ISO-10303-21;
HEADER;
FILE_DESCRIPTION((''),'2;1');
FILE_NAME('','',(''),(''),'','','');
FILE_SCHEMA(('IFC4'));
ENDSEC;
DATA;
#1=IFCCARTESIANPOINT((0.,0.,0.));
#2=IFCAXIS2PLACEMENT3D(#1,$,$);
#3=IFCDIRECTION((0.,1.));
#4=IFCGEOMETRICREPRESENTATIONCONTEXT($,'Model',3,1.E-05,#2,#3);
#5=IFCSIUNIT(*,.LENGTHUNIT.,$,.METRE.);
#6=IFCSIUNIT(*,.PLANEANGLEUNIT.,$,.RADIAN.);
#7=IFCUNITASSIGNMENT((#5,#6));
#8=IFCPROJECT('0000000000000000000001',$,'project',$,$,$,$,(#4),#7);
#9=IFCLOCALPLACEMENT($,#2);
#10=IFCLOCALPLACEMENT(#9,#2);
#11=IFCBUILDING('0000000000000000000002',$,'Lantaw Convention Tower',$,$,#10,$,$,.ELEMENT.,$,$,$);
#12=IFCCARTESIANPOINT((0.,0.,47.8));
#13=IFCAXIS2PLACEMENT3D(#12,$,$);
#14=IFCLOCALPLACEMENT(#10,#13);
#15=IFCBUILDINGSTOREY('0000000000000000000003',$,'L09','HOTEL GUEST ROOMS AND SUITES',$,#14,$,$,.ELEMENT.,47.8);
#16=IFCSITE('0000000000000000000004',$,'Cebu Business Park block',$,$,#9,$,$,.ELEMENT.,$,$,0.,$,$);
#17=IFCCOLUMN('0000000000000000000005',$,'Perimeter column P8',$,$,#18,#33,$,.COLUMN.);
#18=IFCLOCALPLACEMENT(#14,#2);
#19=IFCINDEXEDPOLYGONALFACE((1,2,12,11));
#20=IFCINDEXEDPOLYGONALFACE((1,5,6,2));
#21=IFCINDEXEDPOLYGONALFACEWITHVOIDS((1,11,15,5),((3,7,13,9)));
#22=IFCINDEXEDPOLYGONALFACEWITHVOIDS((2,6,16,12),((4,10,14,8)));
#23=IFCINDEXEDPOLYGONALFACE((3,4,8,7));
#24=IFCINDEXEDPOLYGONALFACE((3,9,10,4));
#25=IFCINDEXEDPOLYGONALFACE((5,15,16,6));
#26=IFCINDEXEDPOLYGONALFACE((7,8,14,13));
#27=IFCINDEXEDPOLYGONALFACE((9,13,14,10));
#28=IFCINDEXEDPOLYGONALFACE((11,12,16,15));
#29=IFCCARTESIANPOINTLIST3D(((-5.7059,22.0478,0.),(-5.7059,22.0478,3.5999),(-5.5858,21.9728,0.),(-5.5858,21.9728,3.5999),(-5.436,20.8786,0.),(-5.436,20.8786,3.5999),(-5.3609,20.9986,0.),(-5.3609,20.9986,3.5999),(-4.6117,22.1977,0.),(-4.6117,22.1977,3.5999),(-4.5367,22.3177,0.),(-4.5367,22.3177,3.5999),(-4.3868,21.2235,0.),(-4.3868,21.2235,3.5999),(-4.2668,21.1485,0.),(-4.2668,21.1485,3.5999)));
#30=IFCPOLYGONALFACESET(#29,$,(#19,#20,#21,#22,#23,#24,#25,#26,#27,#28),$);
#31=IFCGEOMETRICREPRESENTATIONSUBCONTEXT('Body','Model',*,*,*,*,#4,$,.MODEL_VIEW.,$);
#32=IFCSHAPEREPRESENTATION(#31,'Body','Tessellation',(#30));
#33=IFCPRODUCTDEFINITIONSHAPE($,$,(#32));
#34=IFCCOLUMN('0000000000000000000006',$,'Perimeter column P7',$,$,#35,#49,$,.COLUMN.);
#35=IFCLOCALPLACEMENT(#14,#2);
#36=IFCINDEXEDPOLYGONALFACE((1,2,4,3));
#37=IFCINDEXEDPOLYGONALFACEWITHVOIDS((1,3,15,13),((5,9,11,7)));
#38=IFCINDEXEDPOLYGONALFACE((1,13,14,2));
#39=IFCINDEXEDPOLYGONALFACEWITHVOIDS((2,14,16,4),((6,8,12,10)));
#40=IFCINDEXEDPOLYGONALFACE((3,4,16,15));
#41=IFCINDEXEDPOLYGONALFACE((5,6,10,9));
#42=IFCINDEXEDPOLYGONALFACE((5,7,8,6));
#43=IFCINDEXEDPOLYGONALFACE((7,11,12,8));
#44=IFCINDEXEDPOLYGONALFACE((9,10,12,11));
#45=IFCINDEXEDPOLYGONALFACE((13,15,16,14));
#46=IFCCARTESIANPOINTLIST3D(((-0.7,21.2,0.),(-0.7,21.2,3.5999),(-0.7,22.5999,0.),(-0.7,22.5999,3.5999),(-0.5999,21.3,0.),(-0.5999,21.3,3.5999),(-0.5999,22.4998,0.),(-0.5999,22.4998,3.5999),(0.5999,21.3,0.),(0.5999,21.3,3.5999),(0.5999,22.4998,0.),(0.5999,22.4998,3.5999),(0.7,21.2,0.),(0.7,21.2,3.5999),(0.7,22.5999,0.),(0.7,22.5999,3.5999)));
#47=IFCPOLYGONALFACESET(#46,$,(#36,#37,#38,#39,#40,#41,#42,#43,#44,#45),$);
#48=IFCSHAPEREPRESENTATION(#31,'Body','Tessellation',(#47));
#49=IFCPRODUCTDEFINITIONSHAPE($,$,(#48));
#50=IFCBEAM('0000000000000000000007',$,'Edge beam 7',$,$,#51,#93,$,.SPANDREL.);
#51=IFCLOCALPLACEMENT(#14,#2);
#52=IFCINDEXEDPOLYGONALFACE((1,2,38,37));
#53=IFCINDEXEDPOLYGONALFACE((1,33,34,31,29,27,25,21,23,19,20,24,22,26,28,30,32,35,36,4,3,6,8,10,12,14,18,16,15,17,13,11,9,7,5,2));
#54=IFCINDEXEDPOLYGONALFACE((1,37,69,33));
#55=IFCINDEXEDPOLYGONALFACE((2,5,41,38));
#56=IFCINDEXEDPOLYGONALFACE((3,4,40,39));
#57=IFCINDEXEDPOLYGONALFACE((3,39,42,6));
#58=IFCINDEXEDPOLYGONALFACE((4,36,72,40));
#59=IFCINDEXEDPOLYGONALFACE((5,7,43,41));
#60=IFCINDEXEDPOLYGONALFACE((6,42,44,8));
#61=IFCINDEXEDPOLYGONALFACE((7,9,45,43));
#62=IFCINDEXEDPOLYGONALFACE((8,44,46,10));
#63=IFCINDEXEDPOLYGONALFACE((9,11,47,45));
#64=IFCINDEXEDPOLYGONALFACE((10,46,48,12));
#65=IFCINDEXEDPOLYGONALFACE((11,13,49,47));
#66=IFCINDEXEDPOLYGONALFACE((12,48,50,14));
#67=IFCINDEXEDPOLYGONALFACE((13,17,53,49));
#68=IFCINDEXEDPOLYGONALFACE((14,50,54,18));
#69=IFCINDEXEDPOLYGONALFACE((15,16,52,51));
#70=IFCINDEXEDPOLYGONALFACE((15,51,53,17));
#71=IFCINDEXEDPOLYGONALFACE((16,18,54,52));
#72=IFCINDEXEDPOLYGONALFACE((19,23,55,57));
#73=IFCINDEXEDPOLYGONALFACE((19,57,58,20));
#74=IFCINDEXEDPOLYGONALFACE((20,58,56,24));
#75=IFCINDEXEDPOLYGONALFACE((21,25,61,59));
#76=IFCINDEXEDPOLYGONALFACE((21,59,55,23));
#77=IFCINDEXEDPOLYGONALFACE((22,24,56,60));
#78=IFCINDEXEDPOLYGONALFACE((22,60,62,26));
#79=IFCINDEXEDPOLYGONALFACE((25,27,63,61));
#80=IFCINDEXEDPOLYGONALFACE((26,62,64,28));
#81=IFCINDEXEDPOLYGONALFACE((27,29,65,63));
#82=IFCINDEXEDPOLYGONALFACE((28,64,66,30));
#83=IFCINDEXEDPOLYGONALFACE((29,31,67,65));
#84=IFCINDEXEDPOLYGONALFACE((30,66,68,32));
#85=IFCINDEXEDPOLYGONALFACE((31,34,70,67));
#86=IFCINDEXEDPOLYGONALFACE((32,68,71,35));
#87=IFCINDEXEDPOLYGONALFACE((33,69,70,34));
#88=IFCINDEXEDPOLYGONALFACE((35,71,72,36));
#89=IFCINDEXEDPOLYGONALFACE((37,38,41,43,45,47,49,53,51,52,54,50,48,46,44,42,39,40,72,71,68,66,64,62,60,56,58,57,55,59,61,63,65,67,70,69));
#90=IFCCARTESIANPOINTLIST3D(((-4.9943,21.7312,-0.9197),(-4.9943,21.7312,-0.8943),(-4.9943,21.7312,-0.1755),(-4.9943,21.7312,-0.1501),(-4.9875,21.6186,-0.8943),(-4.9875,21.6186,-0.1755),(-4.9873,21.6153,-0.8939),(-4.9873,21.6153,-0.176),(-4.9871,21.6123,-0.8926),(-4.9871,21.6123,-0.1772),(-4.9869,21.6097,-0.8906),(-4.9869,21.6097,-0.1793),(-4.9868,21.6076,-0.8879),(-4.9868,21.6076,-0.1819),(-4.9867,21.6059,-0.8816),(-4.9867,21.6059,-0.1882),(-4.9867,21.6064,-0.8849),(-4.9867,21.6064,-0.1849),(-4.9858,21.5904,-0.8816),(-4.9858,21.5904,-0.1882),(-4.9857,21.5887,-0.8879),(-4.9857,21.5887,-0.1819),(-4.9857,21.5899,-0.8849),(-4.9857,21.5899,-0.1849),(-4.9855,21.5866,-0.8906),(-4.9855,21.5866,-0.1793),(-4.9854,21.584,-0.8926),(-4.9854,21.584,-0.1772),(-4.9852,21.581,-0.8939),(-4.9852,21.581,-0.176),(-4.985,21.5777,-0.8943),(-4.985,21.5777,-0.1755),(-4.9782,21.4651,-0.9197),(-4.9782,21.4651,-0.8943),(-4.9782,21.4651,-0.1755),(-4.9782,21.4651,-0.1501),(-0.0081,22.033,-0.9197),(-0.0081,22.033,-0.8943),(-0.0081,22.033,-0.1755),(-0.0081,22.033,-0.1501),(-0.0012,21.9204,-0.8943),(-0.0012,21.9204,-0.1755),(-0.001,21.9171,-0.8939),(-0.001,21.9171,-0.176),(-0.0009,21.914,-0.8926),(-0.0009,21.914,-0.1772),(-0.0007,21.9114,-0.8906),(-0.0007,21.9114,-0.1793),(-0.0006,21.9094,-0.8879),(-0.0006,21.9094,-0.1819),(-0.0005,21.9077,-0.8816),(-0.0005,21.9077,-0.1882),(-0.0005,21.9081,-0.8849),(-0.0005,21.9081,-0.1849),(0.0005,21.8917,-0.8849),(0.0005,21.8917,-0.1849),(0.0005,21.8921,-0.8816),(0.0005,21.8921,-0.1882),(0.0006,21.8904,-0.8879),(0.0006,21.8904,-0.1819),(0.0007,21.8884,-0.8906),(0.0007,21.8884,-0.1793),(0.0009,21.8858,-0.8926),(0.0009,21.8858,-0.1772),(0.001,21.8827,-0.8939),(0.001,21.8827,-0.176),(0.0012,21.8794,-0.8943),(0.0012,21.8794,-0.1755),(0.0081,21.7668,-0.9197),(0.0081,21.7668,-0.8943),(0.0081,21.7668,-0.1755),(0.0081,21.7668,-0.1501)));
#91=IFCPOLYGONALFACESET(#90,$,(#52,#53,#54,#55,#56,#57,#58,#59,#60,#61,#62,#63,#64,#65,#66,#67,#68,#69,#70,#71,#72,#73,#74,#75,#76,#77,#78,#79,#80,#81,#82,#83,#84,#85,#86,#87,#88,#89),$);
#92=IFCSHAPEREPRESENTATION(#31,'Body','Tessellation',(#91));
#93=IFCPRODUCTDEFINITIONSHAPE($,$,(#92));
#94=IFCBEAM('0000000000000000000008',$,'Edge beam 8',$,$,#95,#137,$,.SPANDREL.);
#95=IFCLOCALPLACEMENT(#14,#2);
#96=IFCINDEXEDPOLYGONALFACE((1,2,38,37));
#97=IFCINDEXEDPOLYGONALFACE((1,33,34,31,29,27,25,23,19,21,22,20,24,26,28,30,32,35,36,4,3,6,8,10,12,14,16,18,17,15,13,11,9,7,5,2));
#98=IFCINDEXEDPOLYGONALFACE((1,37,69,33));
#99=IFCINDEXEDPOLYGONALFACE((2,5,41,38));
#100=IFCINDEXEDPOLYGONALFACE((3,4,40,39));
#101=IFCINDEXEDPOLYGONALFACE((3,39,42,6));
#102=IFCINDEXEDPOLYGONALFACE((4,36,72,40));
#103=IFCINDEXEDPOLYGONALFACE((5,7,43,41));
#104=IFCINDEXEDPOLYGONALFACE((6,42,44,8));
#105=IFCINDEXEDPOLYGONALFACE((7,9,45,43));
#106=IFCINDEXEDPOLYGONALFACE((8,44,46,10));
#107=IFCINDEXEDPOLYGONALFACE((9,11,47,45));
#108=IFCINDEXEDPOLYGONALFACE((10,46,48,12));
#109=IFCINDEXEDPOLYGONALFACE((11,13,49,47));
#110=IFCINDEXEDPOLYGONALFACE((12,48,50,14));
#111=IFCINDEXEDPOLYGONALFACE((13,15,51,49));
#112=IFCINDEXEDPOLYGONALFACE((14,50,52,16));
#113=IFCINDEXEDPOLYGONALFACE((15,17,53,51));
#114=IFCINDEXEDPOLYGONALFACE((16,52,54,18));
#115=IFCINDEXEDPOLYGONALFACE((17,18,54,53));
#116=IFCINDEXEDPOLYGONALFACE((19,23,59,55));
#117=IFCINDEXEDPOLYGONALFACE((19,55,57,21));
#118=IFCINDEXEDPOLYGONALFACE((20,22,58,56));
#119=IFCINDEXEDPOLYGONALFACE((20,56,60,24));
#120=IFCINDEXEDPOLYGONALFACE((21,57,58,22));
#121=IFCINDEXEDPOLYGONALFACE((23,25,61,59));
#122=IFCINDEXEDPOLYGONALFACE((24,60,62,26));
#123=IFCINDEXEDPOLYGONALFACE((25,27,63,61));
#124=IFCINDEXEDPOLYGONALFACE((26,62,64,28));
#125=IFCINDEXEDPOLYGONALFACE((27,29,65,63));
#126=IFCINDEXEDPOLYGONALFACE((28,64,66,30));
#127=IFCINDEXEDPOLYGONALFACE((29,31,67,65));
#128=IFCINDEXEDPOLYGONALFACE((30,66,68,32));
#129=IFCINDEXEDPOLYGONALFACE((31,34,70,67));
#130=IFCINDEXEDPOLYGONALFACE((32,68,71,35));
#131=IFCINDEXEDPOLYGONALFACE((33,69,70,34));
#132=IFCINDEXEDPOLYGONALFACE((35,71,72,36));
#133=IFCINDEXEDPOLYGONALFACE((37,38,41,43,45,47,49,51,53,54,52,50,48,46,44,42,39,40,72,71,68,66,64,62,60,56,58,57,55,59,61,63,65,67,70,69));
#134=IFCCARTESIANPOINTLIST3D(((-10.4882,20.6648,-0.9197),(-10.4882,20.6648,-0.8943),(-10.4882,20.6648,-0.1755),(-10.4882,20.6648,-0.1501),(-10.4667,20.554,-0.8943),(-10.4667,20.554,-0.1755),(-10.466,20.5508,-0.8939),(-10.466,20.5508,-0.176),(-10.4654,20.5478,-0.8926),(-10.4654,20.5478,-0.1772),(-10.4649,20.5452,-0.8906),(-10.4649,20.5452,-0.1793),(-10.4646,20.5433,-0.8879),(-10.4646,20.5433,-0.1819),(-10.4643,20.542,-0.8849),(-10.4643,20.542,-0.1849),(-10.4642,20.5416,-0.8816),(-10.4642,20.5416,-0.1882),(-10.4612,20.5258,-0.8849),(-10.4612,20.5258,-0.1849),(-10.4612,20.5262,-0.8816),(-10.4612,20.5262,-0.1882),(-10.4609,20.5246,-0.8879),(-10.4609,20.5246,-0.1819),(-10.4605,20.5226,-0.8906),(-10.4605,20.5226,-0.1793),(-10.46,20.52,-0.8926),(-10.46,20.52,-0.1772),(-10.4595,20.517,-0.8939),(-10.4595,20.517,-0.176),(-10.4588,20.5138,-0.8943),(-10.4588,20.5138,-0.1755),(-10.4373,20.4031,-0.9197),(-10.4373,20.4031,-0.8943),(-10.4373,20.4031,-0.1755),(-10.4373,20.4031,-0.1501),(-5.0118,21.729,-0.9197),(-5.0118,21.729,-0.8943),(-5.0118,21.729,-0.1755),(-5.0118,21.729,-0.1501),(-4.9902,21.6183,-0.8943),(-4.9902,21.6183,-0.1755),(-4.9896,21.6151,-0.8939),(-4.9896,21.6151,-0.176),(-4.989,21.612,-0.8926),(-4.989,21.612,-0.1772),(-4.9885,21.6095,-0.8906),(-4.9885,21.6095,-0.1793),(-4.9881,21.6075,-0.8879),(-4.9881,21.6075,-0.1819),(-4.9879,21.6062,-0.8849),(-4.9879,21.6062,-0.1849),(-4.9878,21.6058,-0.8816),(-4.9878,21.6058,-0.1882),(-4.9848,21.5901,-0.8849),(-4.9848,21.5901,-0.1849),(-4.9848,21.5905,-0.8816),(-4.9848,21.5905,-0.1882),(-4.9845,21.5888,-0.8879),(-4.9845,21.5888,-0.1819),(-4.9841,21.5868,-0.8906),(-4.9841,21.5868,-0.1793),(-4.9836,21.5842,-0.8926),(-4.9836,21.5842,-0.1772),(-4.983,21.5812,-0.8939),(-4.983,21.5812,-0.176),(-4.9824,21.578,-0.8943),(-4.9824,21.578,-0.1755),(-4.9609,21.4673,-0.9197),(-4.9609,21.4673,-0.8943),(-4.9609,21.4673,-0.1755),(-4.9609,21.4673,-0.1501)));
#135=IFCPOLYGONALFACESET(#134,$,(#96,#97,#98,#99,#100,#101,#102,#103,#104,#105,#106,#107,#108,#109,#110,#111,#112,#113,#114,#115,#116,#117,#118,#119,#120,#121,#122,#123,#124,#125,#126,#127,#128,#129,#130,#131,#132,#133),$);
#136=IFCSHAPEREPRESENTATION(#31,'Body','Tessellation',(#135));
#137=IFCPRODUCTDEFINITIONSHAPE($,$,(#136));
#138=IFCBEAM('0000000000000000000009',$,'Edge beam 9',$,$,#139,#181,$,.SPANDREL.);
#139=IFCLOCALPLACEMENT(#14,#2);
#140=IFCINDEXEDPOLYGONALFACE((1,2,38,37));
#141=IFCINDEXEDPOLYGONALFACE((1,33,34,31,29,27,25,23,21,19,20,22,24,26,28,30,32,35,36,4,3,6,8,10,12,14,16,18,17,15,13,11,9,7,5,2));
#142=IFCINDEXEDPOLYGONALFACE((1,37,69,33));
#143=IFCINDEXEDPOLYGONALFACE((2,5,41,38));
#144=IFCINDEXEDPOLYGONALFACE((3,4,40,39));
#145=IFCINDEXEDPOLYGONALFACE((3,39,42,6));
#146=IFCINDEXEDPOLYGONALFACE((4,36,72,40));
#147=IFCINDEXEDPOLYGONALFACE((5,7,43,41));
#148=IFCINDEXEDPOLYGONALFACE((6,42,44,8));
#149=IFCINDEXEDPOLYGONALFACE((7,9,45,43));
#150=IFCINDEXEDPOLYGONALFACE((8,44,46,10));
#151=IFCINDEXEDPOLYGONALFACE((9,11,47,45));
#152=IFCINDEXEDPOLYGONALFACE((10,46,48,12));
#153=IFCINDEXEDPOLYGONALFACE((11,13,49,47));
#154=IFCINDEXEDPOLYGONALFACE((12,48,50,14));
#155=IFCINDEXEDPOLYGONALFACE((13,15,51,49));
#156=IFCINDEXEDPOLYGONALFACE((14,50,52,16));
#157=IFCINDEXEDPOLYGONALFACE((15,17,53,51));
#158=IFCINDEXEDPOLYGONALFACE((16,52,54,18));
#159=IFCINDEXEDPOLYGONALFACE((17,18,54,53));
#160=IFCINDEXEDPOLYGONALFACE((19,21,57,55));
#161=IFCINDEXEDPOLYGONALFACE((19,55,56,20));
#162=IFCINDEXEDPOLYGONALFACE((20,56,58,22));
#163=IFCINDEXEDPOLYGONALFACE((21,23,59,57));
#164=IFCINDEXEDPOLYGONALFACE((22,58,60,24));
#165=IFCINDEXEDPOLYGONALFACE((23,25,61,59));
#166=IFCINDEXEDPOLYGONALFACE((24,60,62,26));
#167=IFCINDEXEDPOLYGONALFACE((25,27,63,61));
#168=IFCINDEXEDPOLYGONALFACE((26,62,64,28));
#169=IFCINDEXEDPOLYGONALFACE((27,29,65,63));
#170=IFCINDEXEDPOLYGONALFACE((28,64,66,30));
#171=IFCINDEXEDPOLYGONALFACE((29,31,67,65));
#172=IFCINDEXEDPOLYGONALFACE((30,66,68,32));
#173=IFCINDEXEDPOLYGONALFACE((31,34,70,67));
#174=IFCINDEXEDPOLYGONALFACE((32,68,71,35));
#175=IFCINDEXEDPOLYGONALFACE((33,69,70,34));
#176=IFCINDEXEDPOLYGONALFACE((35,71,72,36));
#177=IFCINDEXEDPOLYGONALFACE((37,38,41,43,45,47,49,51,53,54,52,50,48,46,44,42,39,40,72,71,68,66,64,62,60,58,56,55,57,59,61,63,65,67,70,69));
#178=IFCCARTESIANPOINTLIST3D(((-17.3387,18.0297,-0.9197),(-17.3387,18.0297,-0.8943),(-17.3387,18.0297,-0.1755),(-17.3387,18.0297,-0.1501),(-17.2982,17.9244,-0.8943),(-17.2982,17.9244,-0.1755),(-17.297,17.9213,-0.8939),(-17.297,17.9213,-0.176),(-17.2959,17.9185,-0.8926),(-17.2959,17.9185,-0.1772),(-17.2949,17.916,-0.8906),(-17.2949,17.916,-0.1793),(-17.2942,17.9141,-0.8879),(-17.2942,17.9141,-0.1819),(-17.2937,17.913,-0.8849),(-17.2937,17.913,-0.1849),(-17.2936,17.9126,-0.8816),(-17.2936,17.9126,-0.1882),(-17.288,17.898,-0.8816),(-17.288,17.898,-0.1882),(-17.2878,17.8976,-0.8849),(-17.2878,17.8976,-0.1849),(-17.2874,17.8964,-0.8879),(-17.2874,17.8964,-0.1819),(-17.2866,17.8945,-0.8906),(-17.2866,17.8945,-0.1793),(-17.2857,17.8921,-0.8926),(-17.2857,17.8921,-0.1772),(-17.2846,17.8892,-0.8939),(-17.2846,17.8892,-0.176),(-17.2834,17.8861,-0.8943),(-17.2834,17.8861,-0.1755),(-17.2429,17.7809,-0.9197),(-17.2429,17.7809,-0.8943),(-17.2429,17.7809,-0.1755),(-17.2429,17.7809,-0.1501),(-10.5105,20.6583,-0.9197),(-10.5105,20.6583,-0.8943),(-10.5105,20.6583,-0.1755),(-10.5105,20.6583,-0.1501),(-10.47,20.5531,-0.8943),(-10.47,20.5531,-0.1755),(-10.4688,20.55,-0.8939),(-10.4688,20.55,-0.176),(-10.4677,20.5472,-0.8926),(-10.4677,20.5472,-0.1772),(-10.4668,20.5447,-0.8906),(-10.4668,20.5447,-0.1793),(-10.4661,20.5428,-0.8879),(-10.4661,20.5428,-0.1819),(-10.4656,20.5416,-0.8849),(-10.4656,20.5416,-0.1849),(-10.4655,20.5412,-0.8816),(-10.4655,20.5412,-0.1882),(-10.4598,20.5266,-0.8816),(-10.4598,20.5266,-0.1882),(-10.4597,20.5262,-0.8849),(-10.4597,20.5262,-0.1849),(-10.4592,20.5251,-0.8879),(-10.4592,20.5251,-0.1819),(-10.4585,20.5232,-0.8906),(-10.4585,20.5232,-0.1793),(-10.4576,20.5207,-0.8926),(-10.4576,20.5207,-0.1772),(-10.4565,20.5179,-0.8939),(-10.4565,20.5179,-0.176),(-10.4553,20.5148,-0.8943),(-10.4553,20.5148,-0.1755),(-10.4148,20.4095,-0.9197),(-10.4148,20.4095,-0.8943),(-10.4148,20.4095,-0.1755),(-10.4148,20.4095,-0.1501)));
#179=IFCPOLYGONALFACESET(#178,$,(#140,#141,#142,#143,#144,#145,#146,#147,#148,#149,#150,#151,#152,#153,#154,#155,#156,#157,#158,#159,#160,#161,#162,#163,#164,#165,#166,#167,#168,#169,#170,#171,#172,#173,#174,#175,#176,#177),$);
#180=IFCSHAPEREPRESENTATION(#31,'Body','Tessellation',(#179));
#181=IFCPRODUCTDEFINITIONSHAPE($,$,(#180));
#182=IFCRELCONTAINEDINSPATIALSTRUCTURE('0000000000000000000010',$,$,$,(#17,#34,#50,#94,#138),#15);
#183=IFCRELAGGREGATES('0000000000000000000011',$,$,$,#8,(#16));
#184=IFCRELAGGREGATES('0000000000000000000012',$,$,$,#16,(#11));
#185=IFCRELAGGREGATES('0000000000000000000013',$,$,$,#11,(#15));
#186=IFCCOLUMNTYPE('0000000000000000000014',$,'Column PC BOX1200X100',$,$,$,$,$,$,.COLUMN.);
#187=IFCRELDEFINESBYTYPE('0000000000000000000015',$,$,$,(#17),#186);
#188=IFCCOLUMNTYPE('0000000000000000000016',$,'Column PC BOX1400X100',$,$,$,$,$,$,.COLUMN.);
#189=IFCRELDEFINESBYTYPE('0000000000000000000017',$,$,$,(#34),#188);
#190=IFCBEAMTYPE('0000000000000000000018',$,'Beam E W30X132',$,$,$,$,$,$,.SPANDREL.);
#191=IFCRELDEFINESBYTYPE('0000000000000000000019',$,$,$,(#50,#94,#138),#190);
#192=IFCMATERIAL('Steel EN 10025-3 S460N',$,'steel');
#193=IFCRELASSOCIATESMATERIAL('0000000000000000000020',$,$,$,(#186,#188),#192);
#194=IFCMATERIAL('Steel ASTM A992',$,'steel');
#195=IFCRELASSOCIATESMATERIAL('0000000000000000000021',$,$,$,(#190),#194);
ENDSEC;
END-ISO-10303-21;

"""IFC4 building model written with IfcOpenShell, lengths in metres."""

from ifc_helpers import new_model, si_unit, direction, frame, origin, origin_2d, place, context, subcontext, project, spatial, rectangle, hollow_rectangle, i_section, extrude, material, material_profile, profile_set, type_object, element, save


model = new_model("IFC4")

# Units and contexts
model_context = context("Model", 3, precision=1e-05, world=origin(), true_north=direction((0.0, 1.0)))
body_context = subcontext(model_context, "Body", "Model", "MODEL_VIEW")
ifc_project = project(units=[si_unit("LENGTHUNIT", "METRE"), si_unit("PLANEANGLEUNIT", "RADIAN")], contexts=[model_context])

# Site, building, storey
site_placement = place(None, origin())
site = spatial("IfcSite", under=ifc_project, at=site_placement, Name="Cebu Business Park block", CompositionType="ELEMENT", RefElevation=0.0)
building_placement = place(site_placement, origin())
building = spatial("IfcBuilding", under=site, at=building_placement, Name="Lantaw Convention Tower", CompositionType="ELEMENT")
storey_placement = place(building_placement, frame((0.0, 0.0, 47.8)))
storey = spatial("IfcBuildingStorey", under=building, at=storey_placement, Name="L09", Description="HOTEL GUEST ROOMS AND SUITES", CompositionType="ELEMENT", Elevation=47.8)

# Columns
ifc_material_1 = material(Name="Steel EN 10025-3 S460N", Category="steel")
ifc_material_profile_1 = material_profile(ifc_material_1, hollow_rectangle(XDim=1.2, YDim=1.2, WallThickness=0.1001, at=origin_2d()), Name="BOX1200X100")
ifc_material_2 = material(Name="Concrete C60/75", Category="concrete")
ifc_material_profile_2 = material_profile(ifc_material_2, rectangle(XDim=1.0, YDim=1.0, at=origin_2d()), Name="Concrete fill of BOX1200X100")
ifc_profile_set_1 = profile_set([ifc_material_profile_1, ifc_material_profile_2], Name="Steel EN 10025-3 S460N")
column_type_1 = type_object("IfcColumnType", Name="Column PC BOX1200X100", PredefinedType="COLUMN", material=ifc_profile_set_1)
column_1_placement = place(storey_placement, frame((-4.9863, 21.5981, 0.0), z_axis=(0.0, 0.0, 1.0), x_axis=(0.97437, 0.224951, 0.0)))
element("IfcColumn", 1, at=column_1_placement, inside=storey, type_object=column_type_1, Name="Perimeter column P8", PredefinedType="COLUMN", context=body_context, shape_type="SweptSolid", body=[
    extrude(hollow_rectangle(XDim=1.2, YDim=1.2, WallThickness=0.1001, at=origin_2d()), origin(), (0.0, 0.0, 1.0), 3.5999),
])
ifc_material_profile_3 = material_profile(ifc_material_1, hollow_rectangle(XDim=1.3999, YDim=1.3999, WallThickness=0.1001, at=origin_2d()), Name="BOX1400X100")
ifc_material_profile_4 = material_profile(ifc_material_2, rectangle(XDim=1.2, YDim=1.2, at=origin_2d()), Name="Concrete fill of BOX1400X100")
ifc_profile_set_2 = profile_set([ifc_material_profile_3, ifc_material_profile_4], Name="Steel EN 10025-3 S460N")
column_type_2 = type_object("IfcColumnType", Name="Column PC BOX1400X100", PredefinedType="COLUMN", material=ifc_profile_set_2)
column_2_placement = place(storey_placement, frame((0.0, 21.8999, 0.0), z_axis=(0.0, 0.0, 1.0), x_axis=(1.0, 0.0, 0.0)))
element("IfcColumn", 2, at=column_2_placement, inside=storey, type_object=column_type_2, Name="Perimeter column P7", PredefinedType="COLUMN", context=body_context, shape_type="SweptSolid", body=[
    extrude(hollow_rectangle(XDim=1.3999, YDim=1.3999, WallThickness=0.1001, at=origin_2d()), origin(), (0.0, 0.0, 1.0), 3.5999),
])

# Beams
ifc_material_3 = material(Name="Steel ASTM A992", Category="steel")
ifc_material_profile_5 = material_profile(ifc_material_3, i_section(OverallWidth=0.2666, OverallDepth=0.7695, WebThickness=0.0156, FlangeThickness=0.0254, FilletRadius=0.0127, at=origin_2d()), Name="W30X132")
ifc_profile_set_3 = profile_set([ifc_material_profile_5], Name="Steel ASTM A992")
beam_type_1 = type_object("IfcBeamType", Name="Beam E W30X132", PredefinedType="SPANDREL", material=ifc_profile_set_3)
beam_1_placement = place(storey_placement, frame((0.0, 21.8999, -0.5349), z_axis=(-0.998174, -0.060407, 0.0), x_axis=(0.060407, -0.998174, 0.0)))
element("IfcBeam", 3, at=beam_1_placement, inside=storey, type_object=beam_type_1, Name="Edge beam 7", PredefinedType="SPANDREL", context=body_context, shape_type="SweptSolid", body=[
    extrude(i_section(OverallWidth=0.2666, OverallDepth=0.7695, WebThickness=0.0156, FlangeThickness=0.0254, FilletRadius=0.0127, at=origin_2d()), origin(), (0.0, 0.0, 1.0), 4.9954),
])
beam_2_placement = place(storey_placement, frame((-4.9863, 21.5981, -0.5349), z_axis=(-0.981637, -0.190761, 0.0), x_axis=(0.190761, -0.981637, 0.0)))
element("IfcBeam", 4, at=beam_2_placement, inside=storey, type_object=beam_type_1, Name="Edge beam 8", PredefinedType="SPANDREL", context=body_context, shape_type="SweptSolid", body=[
    extrude(i_section(OverallWidth=0.2666, OverallDepth=0.7695, WebThickness=0.0156, FlangeThickness=0.0254, FilletRadius=0.0127, at=origin_2d()), origin(), (0.0, 0.0, 1.0), 5.5789),
])
beam_3_placement = place(storey_placement, frame((-10.4626, 20.5339, -0.5349), z_axis=(-0.933233, -0.359272, 0.0), x_axis=(0.359272, -0.933233, 0.0)))
element("IfcBeam", 5, at=beam_3_placement, inside=storey, type_object=beam_type_1, Name="Edge beam 9", PredefinedType="SPANDREL", context=body_context, shape_type="SweptSolid", body=[
    extrude(i_section(OverallWidth=0.2666, OverallDepth=0.7695, WebThickness=0.0156, FlangeThickness=0.0254, FilletRadius=0.0127, at=origin_2d()), origin(), (0.0, 0.0, 1.0), 7.3167),
])

save(model, "model.ifc")
